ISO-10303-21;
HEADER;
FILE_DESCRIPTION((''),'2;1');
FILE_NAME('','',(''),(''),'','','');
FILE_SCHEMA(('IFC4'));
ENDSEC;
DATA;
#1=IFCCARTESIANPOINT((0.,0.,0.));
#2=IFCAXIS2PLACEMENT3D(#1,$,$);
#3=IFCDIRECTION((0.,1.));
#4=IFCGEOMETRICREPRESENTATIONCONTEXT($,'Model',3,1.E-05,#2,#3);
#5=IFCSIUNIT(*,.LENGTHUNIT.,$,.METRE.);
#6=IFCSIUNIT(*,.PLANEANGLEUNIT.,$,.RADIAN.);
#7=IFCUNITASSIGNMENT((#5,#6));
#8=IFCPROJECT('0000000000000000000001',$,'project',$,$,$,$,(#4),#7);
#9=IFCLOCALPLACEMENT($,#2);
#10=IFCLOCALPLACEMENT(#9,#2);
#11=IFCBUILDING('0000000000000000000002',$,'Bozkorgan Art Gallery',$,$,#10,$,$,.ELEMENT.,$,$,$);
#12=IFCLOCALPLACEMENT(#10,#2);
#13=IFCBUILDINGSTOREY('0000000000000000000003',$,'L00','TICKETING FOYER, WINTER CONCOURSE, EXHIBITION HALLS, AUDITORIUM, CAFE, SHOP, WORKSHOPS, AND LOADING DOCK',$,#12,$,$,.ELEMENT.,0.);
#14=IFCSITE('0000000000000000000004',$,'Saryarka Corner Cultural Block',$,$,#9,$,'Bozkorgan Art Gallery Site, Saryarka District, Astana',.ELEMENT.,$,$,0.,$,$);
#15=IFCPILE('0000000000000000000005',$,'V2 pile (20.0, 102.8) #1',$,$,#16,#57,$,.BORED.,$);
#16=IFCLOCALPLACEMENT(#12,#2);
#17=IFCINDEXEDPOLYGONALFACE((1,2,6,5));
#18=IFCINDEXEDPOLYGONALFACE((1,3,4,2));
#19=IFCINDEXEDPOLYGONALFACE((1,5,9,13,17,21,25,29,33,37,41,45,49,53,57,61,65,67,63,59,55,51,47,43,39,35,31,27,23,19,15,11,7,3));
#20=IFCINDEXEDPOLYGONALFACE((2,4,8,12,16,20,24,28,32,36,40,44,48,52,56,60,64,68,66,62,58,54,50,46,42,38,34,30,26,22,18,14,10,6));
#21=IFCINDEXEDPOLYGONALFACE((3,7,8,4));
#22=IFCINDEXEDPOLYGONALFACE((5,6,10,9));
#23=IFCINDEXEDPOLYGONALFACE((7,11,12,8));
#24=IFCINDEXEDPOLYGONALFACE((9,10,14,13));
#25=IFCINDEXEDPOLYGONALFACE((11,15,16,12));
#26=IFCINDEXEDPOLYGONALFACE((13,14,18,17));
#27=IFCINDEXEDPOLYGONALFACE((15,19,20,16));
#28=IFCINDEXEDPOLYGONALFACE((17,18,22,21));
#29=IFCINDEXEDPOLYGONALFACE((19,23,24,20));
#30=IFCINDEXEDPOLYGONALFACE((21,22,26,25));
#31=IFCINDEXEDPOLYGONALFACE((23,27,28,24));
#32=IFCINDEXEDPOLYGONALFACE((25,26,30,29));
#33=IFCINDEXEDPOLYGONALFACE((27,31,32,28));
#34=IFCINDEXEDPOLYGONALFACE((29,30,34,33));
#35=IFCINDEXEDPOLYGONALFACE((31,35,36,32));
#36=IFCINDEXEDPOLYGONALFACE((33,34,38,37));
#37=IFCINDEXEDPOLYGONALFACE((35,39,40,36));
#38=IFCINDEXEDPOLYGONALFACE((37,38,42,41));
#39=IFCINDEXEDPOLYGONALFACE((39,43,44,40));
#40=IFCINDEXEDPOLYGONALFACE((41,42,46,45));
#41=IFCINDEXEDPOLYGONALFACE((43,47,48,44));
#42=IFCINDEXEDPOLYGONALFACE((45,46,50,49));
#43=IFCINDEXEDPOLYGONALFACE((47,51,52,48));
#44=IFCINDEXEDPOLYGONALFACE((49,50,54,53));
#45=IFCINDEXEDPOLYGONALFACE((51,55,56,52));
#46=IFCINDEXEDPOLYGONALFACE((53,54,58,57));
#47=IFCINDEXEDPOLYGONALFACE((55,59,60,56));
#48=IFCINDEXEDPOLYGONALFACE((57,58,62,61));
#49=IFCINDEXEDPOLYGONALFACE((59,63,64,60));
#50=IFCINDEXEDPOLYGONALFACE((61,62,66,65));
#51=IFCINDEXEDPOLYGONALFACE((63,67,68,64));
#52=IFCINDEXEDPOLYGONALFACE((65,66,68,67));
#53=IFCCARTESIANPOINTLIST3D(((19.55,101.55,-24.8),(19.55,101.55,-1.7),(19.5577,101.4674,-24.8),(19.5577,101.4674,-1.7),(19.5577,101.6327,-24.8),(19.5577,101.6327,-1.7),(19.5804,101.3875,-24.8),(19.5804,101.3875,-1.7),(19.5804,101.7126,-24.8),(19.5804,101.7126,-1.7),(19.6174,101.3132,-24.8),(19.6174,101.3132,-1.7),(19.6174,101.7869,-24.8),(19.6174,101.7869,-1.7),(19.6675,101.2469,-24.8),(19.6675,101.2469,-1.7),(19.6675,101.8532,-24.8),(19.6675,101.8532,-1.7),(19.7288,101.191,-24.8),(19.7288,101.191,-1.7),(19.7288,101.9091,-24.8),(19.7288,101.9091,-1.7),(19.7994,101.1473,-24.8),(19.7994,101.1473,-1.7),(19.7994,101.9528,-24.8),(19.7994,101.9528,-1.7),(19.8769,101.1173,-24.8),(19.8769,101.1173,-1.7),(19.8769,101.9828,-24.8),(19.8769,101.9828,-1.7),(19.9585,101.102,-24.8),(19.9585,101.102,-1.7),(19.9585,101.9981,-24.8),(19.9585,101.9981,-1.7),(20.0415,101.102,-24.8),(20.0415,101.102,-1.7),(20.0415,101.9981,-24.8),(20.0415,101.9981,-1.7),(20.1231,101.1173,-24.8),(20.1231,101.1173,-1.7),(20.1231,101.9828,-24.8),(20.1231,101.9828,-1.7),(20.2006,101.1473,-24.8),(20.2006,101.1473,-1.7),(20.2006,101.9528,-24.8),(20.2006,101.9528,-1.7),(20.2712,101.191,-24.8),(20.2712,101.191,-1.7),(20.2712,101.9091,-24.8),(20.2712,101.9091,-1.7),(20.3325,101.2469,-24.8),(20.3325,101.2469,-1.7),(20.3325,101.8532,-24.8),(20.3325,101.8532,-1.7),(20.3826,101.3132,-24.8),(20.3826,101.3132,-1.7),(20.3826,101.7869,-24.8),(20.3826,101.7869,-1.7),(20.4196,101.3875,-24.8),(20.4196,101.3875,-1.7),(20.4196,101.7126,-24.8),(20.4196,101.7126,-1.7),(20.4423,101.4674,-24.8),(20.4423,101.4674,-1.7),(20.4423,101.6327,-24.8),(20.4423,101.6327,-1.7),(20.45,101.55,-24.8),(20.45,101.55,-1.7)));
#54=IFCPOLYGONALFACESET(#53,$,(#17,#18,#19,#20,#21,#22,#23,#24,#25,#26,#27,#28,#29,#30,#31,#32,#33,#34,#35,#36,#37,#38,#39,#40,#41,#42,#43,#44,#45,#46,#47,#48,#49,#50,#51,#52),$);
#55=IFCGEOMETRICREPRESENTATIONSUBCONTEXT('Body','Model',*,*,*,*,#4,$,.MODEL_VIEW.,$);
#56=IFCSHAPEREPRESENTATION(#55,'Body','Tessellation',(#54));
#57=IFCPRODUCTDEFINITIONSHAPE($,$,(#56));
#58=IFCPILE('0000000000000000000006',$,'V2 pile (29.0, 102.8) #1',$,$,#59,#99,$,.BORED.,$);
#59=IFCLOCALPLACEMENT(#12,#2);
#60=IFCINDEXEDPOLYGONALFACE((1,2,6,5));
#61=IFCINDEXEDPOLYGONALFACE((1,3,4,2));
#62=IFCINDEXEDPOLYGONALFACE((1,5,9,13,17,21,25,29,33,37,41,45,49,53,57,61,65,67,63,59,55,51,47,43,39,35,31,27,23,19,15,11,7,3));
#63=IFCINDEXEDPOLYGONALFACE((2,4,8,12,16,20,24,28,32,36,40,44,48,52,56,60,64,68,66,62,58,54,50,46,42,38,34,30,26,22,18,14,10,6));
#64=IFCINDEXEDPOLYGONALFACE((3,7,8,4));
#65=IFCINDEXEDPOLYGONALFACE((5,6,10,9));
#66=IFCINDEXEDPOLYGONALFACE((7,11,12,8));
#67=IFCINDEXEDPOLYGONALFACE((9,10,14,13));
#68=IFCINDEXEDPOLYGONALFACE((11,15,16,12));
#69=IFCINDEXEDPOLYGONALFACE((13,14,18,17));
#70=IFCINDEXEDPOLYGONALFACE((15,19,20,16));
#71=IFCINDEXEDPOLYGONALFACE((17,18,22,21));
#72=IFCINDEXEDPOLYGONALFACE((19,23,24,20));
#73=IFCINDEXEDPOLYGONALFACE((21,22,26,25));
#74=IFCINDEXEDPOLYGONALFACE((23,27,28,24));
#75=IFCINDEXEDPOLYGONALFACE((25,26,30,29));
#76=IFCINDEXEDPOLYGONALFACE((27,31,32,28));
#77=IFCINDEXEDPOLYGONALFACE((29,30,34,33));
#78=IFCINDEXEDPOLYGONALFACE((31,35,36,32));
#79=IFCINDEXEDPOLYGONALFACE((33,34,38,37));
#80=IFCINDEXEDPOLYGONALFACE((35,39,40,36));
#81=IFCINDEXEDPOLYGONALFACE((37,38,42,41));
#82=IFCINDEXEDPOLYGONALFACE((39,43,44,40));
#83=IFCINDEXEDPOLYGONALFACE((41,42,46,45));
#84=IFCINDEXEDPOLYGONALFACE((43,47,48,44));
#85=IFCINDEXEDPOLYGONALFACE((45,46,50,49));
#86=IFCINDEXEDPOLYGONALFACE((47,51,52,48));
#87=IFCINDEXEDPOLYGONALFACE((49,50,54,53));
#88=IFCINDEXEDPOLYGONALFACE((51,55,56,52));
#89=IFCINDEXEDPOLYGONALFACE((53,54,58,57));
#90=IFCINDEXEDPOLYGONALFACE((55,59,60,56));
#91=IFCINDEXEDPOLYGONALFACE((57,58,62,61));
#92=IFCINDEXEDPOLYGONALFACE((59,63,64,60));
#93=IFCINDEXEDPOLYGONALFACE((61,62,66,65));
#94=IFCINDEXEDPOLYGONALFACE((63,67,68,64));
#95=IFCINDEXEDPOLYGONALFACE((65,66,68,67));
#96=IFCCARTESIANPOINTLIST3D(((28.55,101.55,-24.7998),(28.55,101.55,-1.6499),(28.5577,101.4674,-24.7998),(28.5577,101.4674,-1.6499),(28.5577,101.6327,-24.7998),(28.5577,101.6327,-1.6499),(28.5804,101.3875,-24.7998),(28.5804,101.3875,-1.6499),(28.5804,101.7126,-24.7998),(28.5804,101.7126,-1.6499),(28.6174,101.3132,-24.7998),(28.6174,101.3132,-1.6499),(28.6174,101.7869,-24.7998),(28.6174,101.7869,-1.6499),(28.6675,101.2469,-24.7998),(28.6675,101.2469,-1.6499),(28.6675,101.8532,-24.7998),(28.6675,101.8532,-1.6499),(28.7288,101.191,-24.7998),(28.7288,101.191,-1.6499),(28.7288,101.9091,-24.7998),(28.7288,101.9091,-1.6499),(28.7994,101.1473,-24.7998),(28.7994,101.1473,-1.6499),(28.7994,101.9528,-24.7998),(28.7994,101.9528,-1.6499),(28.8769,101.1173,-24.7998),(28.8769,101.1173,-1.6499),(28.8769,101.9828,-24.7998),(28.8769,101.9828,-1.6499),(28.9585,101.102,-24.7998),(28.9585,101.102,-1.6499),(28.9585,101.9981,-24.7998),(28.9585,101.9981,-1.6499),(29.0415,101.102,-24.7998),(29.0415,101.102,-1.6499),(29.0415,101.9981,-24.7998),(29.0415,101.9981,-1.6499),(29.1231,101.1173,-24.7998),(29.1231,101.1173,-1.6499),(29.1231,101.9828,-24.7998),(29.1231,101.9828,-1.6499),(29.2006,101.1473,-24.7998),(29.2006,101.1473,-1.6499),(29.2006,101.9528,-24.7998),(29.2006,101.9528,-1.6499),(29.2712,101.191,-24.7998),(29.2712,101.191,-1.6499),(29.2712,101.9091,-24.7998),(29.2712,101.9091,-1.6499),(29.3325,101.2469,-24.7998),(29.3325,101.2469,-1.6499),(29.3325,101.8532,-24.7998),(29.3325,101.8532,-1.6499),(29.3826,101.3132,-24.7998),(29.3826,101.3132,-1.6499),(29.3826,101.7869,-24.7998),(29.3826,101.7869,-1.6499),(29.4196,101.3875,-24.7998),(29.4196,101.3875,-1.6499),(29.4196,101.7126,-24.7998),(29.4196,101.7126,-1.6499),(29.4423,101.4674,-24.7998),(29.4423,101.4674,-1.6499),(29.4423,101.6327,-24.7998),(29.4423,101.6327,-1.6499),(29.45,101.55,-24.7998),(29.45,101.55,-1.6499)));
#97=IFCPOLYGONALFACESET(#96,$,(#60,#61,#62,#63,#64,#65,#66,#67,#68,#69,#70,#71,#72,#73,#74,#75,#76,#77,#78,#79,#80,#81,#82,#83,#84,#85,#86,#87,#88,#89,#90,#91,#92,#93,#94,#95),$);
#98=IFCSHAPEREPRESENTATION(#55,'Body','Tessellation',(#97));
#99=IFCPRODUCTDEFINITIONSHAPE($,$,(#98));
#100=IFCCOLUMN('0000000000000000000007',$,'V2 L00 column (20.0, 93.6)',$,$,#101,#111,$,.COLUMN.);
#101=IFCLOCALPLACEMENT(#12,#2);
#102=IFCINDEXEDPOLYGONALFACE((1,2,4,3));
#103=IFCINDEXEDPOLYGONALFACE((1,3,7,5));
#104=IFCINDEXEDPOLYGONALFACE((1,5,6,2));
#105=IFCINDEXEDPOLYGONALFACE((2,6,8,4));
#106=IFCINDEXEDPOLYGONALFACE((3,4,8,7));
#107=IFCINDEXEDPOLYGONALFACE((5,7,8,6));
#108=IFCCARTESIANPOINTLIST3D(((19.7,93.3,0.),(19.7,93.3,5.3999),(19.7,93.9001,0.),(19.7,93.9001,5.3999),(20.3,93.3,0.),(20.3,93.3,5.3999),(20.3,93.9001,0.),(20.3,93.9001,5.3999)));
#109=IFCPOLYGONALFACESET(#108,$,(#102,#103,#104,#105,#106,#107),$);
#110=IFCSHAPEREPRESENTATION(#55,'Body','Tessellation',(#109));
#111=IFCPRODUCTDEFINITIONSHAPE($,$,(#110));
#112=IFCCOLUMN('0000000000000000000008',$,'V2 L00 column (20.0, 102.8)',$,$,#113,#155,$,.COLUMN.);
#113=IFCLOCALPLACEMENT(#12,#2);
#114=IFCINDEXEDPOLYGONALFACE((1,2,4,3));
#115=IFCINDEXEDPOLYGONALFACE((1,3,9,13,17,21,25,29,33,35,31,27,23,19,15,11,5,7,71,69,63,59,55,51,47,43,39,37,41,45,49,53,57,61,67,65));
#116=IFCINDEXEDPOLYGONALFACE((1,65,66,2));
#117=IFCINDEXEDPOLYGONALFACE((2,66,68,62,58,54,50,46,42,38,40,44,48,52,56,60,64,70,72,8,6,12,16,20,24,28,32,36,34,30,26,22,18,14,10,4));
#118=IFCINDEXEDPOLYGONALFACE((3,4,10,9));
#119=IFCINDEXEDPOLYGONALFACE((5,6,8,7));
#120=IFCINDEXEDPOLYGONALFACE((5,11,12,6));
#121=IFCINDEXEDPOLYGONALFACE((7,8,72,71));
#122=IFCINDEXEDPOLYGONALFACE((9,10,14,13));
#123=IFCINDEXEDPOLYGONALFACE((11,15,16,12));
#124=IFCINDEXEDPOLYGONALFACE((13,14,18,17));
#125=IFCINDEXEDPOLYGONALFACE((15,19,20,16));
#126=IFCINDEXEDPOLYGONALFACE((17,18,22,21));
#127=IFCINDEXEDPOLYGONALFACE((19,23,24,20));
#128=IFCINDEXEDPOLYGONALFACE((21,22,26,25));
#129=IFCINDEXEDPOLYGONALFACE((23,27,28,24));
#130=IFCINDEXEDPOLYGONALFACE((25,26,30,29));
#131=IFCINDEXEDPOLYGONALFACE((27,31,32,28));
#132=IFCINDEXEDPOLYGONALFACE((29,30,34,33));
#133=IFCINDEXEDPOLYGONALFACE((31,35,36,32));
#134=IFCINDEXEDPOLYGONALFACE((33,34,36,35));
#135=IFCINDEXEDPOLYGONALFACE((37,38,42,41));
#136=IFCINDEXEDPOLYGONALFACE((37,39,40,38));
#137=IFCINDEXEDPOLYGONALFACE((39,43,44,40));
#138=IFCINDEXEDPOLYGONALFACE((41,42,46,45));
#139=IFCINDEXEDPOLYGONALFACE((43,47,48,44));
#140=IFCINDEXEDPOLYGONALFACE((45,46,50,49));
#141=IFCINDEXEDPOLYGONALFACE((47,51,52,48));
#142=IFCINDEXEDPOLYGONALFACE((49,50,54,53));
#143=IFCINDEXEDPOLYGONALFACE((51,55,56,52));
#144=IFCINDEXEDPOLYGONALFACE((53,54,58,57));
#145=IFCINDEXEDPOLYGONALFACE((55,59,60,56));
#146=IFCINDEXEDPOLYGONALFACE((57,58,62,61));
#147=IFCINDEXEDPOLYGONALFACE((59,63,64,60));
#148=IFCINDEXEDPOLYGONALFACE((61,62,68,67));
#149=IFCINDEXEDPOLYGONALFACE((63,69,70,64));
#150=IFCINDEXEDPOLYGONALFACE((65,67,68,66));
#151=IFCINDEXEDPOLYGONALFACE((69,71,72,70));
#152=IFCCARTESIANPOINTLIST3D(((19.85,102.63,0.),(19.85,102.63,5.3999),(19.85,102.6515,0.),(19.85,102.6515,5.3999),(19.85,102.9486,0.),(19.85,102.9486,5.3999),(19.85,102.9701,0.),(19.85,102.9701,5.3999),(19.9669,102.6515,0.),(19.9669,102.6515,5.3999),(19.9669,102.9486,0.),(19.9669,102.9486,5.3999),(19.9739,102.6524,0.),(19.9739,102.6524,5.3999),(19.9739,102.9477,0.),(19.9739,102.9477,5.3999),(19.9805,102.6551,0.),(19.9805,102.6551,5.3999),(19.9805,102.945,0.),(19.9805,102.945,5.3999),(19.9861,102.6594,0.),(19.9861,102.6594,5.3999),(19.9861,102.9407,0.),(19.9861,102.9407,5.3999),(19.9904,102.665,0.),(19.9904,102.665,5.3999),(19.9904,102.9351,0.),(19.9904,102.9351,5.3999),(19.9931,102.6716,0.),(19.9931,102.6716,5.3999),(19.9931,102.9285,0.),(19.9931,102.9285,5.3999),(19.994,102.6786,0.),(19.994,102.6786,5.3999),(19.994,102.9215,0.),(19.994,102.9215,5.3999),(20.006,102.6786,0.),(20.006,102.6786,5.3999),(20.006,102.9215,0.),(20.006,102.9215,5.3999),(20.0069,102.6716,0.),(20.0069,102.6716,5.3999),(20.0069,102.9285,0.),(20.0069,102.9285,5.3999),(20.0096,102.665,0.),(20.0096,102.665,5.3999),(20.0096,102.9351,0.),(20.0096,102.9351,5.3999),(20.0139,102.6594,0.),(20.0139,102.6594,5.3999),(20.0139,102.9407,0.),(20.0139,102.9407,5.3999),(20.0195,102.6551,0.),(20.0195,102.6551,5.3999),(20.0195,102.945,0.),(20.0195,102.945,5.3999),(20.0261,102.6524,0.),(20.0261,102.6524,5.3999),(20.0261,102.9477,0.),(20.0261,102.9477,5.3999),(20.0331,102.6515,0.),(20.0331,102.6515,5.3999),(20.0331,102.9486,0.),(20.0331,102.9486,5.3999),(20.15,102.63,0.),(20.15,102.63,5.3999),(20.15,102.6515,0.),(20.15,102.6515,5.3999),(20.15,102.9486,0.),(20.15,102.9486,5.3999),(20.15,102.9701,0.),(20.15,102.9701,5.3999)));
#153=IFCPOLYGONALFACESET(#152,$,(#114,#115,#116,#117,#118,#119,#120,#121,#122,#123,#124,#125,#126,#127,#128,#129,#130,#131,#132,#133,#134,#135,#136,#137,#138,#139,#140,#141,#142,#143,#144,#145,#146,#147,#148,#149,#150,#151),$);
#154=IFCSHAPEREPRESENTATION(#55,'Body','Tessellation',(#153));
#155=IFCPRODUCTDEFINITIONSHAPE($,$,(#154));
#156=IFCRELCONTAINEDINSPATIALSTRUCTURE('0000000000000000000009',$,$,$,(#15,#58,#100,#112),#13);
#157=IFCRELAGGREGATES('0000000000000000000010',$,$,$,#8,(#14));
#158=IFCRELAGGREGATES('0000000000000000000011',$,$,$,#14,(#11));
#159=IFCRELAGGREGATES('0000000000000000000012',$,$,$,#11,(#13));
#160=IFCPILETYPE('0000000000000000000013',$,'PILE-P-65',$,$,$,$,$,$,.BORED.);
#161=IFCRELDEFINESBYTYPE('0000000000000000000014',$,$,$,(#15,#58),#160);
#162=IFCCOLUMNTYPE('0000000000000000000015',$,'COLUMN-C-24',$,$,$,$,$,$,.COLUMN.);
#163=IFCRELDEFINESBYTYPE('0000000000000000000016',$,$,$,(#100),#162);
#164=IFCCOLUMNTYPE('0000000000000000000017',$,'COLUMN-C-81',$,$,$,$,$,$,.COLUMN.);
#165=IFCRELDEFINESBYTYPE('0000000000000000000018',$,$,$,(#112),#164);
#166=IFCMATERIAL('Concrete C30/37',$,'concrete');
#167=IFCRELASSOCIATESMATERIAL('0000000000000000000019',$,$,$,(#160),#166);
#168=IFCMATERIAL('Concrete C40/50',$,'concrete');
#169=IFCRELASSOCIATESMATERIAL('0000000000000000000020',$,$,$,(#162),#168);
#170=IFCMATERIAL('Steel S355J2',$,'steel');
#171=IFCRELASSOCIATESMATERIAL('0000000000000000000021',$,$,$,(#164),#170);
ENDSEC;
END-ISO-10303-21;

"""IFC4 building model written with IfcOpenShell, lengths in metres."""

from ifc_helpers import new_model, si_unit, direction, frame, origin, origin_2d, place, context, subcontext, project, spatial, rectangle, circle, i_section, extrude, material, material_profile, profile_set, type_object, element, save


model = new_model("IFC4")

# Units and contexts
model_context = context("Model", 3, precision=1e-05, world=origin(), true_north=direction((0.0, 1.0)))
body_context = subcontext(model_context, "Body", "Model", "MODEL_VIEW")
ifc_project = project(units=[si_unit("LENGTHUNIT", "METRE"), si_unit("PLANEANGLEUNIT", "RADIAN")], contexts=[model_context])

# Site, building, storey
site_placement = place(None, origin())
site = spatial("IfcSite", under=ifc_project, at=site_placement, Name="Saryarka Corner Cultural Block", LongName="Bozkorgan Art Gallery Site, Saryarka District, Astana", CompositionType="ELEMENT", RefElevation=0.0)
building_placement = place(site_placement, origin())
building = spatial("IfcBuilding", under=site, at=building_placement, Name="Bozkorgan Art Gallery", CompositionType="ELEMENT")
storey_placement = place(building_placement, origin())
storey = spatial("IfcBuildingStorey", under=building, at=storey_placement, Name="L00", Description="TICKETING FOYER, WINTER CONCOURSE, EXHIBITION HALLS, AUDITORIUM, CAFE, SHOP, WORKSHOPS, AND LOADING DOCK", CompositionType="ELEMENT", Elevation=0.0)

# Shared definitions
ifc_material_1 = material(Name="Concrete C30/37", Category="concrete")

# Piles
ifc_material_profile_1 = material_profile(ifc_material_1, circle(Radius=0.45, at=origin_2d()), Name="PILE D900")
ifc_profile_set_1 = profile_set([ifc_material_profile_1], Name="Concrete C30/37")
pile_type = type_object("IfcPileType", Name="PILE-P-65", PredefinedType="BORED", material=ifc_profile_set_1)
pile_1_placement = place(storey_placement, frame((20.0, 101.55, -1.7), z_axis=(0.0, 0.0, -1.0), x_axis=(1.0, 0.0, 0.0)))
element("IfcPile", 1, at=pile_1_placement, inside=storey, type_object=pile_type, Name="V2 pile (20.0, 102.8) #1", PredefinedType="BORED", context=body_context, shape_type="SweptSolid", body=[
    extrude(circle(Radius=0.45, at=origin_2d()), origin(), (0.0, 0.0, 1.0), 23.1001),
])
pile_2_placement = place(storey_placement, frame((29.0, 101.55, -1.6499), z_axis=(0.0, 0.0, -1.0), x_axis=(1.0, 0.0, 0.0)))
element("IfcPile", 2, at=pile_2_placement, inside=storey, type_object=pile_type, Name="V2 pile (29.0, 102.8) #1", PredefinedType="BORED", context=body_context, shape_type="SweptSolid", body=[
    extrude(circle(Radius=0.45, at=origin_2d()), origin(), (0.0, 0.0, 1.0), 23.1499),
])

# Columns
ifc_material_2 = material(Name="Concrete C40/50", Category="concrete")
ifc_material_profile_2 = material_profile(ifc_material_2, rectangle(XDim=0.6001, YDim=0.6001, at=origin_2d()), Name="RC 600x600")
ifc_profile_set_2 = profile_set([ifc_material_profile_2], Name="Concrete C40/50")
column_type_1 = type_object("IfcColumnType", Name="COLUMN-C-24", PredefinedType="COLUMN", material=ifc_profile_set_2)
column_1_placement = place(storey_placement, frame((20.0, 93.6001, 0.0), z_axis=(0.0, 0.0, 1.0), x_axis=(1.0, 0.0, 0.0)))
element("IfcColumn", 3, at=column_1_placement, inside=storey, type_object=column_type_1, Name="V2 L00 column (20.0, 93.6)", PredefinedType="COLUMN", context=body_context, shape_type="SweptSolid", body=[
    extrude(rectangle(XDim=0.6001, YDim=0.6001, at=origin_2d()), origin(), (0.0, 0.0, 1.0), 5.3999),
])
ifc_material_3 = material(Name="Steel S355J2", Category="steel")
ifc_material_profile_3 = material_profile(ifc_material_3, i_section(OverallWidth=0.3, OverallDepth=0.3401, WebThickness=0.012, FlangeThickness=0.0215, FilletRadius=0.0271, at=origin_2d()), Name="HEB 340")
ifc_profile_set_3 = profile_set([ifc_material_profile_3], Name="Steel S355J2")
column_type_2 = type_object("IfcColumnType", Name="COLUMN-C-81", PredefinedType="COLUMN", material=ifc_profile_set_3)
column_2_placement = place(storey_placement, frame((20.0, 102.8, 0.0), z_axis=(0.0, 0.0, 1.0), x_axis=(1.0, 0.0, 0.0)))
element("IfcColumn", 4, at=column_2_placement, inside=storey, type_object=column_type_2, Name="V2 L00 column (20.0, 102.8)", PredefinedType="COLUMN", context=body_context, shape_type="SweptSolid", body=[
    extrude(i_section(OverallWidth=0.3, OverallDepth=0.3401, WebThickness=0.012, FlangeThickness=0.0215, FilletRadius=0.0271, at=origin_2d()), origin(), (0.0, 0.0, 1.0), 5.3999),
])

save(model, "model.ifc")
